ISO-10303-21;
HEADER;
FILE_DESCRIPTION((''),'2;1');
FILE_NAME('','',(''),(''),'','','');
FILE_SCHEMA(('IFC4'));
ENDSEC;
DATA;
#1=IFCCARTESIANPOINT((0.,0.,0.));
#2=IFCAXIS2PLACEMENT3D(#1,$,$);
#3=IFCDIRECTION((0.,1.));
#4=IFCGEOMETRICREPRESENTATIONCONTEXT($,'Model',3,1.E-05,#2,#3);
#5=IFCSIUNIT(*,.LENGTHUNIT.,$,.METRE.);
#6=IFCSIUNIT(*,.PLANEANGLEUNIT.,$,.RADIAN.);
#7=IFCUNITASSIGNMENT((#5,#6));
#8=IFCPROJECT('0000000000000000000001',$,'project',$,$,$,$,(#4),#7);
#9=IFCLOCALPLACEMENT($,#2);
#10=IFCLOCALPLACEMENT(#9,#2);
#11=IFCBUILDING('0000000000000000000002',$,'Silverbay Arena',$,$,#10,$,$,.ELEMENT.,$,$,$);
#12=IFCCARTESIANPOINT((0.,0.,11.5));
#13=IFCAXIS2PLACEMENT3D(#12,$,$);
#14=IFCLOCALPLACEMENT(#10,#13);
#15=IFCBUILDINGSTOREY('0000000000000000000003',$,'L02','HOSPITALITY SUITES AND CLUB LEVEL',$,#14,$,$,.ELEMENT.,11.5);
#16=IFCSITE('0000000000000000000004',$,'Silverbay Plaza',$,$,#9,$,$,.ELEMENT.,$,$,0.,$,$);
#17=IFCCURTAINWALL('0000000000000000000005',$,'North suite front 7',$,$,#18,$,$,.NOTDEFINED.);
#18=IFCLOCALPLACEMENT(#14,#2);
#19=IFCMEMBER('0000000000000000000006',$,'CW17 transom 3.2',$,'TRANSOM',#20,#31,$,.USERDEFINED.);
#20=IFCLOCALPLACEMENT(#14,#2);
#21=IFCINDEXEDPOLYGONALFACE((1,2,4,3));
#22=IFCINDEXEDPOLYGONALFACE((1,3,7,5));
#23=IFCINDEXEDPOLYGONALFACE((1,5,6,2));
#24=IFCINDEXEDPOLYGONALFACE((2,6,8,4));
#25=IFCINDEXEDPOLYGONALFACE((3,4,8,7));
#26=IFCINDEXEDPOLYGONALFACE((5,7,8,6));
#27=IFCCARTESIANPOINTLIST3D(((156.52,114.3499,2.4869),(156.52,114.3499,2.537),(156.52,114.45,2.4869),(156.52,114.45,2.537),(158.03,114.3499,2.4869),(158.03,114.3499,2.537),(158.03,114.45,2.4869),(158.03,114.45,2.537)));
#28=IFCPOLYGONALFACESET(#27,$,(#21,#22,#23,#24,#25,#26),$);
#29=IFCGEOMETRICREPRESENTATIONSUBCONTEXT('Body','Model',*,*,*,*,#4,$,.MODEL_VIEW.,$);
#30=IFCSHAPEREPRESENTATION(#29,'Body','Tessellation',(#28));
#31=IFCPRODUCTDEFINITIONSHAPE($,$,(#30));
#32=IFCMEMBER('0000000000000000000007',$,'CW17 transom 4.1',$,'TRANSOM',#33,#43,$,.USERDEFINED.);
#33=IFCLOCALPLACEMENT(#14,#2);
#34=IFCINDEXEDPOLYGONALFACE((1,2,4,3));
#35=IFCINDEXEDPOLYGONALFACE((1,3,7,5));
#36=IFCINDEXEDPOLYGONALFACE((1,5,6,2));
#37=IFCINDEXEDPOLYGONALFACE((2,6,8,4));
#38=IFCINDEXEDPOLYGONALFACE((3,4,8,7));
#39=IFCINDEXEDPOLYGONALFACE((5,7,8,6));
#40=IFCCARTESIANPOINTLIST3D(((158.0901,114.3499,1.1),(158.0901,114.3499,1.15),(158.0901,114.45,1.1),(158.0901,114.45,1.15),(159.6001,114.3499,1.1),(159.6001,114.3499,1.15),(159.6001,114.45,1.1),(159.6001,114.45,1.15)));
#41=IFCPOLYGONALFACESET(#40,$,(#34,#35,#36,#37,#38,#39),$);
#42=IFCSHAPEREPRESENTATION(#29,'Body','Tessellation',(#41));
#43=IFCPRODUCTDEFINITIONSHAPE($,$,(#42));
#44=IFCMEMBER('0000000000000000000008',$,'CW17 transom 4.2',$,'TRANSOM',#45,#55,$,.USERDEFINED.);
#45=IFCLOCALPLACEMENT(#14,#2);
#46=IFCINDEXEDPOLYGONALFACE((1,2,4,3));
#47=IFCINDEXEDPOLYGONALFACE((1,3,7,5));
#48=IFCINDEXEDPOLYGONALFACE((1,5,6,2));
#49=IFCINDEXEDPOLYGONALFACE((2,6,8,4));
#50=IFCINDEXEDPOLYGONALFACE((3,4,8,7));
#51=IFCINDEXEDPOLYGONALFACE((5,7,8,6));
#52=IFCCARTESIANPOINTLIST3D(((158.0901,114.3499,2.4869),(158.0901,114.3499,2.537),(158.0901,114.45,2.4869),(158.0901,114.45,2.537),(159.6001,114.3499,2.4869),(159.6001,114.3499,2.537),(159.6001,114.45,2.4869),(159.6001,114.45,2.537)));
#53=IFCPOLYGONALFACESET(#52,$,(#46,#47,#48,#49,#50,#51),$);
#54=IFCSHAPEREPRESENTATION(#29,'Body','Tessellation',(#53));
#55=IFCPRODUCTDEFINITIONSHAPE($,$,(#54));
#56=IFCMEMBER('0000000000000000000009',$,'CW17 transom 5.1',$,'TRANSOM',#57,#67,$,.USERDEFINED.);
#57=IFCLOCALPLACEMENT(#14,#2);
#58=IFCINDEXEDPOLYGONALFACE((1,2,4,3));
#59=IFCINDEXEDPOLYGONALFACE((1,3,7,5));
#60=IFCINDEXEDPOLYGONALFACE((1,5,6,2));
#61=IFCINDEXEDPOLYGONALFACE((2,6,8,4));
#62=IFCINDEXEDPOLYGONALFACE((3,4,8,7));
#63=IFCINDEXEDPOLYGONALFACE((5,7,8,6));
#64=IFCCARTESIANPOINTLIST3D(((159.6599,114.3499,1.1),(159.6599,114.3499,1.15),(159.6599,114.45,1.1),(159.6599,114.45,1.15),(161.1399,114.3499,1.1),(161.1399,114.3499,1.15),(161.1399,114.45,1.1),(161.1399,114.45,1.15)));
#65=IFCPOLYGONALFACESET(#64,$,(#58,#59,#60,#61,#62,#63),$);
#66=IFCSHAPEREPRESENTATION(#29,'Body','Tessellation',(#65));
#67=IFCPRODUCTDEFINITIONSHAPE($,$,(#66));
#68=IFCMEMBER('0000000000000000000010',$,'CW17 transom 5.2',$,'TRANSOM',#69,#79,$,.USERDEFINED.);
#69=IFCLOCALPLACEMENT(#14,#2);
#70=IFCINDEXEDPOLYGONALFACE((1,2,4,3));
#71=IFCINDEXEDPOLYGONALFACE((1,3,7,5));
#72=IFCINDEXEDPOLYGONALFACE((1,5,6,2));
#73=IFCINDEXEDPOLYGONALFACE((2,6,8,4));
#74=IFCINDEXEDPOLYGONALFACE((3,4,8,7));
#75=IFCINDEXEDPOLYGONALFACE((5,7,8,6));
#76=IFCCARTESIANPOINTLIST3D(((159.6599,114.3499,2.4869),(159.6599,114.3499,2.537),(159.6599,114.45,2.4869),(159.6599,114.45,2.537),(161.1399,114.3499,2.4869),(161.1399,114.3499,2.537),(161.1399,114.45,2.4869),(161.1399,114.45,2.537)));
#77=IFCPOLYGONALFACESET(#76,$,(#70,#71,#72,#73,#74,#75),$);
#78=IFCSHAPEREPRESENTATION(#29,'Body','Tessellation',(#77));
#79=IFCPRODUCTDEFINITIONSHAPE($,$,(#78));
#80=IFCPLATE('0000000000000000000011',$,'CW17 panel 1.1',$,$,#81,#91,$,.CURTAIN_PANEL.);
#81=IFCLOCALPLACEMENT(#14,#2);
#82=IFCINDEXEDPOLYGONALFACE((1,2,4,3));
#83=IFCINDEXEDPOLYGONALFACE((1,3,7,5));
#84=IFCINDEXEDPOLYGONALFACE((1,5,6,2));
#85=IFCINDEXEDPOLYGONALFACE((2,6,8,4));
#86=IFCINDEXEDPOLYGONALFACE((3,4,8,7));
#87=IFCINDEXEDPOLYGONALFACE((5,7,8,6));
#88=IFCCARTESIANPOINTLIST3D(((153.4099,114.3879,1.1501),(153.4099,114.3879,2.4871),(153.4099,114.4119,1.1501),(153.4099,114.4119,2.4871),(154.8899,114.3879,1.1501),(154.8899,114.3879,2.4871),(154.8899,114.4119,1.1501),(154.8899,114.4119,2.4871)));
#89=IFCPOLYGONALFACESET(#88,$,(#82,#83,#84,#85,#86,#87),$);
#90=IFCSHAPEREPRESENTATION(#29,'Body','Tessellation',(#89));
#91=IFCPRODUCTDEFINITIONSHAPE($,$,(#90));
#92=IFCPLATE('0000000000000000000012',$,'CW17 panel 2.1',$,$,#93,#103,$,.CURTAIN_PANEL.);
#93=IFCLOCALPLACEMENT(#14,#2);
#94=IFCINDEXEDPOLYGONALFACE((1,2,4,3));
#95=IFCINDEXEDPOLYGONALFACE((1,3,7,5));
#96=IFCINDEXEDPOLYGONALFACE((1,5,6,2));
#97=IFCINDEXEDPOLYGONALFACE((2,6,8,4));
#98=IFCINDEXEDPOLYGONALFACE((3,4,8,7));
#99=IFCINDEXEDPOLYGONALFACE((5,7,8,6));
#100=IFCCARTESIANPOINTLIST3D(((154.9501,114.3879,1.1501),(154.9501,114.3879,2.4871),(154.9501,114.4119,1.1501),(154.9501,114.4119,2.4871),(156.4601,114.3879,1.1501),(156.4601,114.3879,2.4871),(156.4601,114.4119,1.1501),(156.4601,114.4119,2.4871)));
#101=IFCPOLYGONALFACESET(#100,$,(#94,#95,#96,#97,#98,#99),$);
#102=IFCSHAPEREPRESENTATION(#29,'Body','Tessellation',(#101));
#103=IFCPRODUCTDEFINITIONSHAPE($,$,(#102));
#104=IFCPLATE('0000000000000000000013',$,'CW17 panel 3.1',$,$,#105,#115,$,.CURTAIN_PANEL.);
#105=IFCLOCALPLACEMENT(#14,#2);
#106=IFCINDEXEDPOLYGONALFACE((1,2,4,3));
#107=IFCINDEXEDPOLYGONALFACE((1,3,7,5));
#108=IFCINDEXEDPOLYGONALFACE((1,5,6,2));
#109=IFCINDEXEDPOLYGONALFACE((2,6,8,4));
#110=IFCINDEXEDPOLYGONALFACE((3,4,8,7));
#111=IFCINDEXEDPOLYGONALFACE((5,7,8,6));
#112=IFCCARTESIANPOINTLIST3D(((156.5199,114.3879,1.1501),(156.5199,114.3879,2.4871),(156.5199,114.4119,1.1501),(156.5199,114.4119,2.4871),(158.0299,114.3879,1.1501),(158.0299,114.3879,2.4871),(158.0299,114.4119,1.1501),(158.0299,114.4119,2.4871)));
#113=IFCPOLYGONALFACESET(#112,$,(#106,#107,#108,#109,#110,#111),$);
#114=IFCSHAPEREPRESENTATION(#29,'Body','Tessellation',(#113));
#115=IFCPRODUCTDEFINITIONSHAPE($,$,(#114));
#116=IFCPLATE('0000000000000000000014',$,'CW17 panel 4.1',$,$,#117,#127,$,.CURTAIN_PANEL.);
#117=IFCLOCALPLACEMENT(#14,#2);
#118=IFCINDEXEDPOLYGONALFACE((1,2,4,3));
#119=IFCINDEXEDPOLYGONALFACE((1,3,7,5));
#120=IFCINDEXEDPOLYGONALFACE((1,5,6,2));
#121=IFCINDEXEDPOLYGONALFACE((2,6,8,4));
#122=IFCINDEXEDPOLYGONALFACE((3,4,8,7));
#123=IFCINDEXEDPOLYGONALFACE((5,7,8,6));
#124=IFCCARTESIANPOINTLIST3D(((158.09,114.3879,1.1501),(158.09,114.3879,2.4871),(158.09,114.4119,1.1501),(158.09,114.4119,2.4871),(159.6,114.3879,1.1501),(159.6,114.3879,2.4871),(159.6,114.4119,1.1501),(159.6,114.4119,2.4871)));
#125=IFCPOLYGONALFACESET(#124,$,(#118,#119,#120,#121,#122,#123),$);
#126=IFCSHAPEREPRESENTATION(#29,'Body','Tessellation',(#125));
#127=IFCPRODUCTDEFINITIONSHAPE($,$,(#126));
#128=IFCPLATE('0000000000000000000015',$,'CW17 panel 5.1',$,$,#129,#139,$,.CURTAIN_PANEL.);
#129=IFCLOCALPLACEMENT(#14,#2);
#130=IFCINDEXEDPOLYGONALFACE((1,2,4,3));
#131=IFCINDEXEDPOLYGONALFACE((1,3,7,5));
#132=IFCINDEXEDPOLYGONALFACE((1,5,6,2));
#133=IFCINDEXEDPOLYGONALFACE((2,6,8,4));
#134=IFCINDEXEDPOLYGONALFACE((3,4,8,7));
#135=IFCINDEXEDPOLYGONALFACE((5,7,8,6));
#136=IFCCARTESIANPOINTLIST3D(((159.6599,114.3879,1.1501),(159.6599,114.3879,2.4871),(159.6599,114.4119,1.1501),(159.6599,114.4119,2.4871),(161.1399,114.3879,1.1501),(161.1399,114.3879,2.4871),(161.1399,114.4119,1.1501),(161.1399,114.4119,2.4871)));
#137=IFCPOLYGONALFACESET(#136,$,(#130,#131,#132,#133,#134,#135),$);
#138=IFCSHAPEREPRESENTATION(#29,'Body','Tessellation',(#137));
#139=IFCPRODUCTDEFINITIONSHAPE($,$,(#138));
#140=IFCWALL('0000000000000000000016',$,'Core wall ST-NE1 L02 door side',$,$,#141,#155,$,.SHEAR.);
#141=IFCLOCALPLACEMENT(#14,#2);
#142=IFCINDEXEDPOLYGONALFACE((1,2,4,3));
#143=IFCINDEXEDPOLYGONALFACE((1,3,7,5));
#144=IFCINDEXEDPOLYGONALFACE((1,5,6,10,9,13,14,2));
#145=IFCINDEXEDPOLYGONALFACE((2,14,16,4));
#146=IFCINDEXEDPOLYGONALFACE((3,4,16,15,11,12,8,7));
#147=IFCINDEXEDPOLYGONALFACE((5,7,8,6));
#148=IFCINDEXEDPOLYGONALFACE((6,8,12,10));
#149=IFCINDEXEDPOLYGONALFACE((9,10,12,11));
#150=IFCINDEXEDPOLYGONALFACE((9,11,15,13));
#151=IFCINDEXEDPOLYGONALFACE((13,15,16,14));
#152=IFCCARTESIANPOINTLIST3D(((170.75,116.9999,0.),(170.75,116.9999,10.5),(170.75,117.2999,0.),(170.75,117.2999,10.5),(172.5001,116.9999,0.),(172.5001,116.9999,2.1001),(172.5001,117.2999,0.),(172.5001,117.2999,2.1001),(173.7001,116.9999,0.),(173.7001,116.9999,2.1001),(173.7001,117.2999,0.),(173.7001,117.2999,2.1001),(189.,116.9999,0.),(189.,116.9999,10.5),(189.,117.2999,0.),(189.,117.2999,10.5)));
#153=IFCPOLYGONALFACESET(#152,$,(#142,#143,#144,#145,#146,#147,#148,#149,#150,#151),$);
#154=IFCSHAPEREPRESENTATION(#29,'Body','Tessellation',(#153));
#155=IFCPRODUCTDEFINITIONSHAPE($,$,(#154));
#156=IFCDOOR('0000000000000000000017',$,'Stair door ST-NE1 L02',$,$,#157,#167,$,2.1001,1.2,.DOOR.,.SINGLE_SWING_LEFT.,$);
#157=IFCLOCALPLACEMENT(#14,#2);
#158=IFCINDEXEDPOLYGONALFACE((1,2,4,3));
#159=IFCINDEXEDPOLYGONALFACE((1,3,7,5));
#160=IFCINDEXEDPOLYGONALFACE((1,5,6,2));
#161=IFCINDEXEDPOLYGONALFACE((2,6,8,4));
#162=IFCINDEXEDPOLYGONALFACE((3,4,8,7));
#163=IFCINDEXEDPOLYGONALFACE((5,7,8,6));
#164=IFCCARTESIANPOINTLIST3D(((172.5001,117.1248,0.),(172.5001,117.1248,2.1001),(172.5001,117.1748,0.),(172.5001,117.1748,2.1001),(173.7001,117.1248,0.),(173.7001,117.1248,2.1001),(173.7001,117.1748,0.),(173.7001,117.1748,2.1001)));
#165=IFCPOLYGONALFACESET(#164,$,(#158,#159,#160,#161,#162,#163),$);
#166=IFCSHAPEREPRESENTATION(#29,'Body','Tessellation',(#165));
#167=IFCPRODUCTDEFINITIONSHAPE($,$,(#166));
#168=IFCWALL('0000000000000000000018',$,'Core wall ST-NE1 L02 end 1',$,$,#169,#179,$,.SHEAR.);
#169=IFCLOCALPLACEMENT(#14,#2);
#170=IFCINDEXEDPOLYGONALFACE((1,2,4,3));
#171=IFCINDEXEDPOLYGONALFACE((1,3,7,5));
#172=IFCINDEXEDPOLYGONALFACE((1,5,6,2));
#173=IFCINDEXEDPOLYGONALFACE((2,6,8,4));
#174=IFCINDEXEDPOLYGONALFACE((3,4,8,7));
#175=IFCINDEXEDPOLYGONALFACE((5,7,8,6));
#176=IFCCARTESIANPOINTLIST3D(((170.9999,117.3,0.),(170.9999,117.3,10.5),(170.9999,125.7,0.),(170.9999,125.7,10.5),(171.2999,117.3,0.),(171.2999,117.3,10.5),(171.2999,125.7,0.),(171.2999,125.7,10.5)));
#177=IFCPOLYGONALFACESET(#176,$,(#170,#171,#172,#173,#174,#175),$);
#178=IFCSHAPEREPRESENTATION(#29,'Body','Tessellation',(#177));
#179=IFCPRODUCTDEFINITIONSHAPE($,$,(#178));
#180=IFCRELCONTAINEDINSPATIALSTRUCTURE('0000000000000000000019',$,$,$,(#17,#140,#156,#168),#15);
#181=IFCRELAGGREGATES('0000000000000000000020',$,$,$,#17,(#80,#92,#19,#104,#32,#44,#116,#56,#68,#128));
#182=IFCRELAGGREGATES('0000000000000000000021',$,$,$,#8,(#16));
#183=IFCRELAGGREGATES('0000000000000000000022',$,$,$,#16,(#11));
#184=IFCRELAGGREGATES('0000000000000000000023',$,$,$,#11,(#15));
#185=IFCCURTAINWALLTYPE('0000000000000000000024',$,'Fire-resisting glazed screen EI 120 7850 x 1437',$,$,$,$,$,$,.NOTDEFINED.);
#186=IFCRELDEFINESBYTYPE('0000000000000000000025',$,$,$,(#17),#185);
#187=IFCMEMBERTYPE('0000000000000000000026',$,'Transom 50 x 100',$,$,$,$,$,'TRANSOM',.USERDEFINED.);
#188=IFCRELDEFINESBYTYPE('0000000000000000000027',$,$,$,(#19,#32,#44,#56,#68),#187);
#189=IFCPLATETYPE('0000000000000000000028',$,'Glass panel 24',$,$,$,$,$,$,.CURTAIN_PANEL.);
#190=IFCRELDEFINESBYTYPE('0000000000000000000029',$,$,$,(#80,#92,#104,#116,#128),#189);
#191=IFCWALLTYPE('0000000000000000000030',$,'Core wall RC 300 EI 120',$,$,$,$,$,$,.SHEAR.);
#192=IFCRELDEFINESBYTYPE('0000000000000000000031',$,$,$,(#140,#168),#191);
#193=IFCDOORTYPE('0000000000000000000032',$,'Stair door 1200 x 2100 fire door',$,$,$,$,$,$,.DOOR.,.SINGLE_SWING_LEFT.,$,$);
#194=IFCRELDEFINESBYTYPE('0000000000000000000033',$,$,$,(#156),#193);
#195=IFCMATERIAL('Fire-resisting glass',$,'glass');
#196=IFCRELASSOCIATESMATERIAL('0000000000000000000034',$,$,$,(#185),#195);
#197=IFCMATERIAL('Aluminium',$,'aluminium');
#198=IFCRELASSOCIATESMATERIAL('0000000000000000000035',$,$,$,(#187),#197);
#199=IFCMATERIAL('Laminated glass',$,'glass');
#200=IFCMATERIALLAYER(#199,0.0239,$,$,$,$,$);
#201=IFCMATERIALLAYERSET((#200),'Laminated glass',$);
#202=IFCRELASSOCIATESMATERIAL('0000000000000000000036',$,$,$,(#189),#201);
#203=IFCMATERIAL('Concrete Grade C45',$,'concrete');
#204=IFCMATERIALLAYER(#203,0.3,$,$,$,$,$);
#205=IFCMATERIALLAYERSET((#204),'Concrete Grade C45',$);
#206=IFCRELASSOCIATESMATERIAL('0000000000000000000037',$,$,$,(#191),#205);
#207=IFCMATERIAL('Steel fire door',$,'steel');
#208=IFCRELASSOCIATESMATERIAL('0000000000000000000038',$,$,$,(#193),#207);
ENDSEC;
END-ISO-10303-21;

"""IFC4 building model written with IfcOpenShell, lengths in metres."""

from ifc_helpers import new_model, si_unit, direction, frame, frame_2d, origin, origin_2d, place, context, subcontext, project, spatial, rectangle, extrude, material, layer, layer_set, material_profile, profile_set, type_object, element, fill, aggregate, save


model = new_model("IFC4")

# Units and contexts
model_context = context("Model", 3, precision=1e-05, world=origin(), true_north=direction((0.0, 1.0)))
body_context = subcontext(model_context, "Body", "Model", "MODEL_VIEW")
ifc_project = project(units=[si_unit("LENGTHUNIT", "METRE"), si_unit("PLANEANGLEUNIT", "RADIAN")], contexts=[model_context])

# Site, building, storey
site_placement = place(None, origin())
site = spatial("IfcSite", under=ifc_project, at=site_placement, Name="Silverbay Plaza", CompositionType="ELEMENT", RefElevation=0.0)
building_placement = place(site_placement, origin())
building = spatial("IfcBuilding", under=site, at=building_placement, Name="Silverbay Arena", CompositionType="ELEMENT")
storey_placement = place(building_placement, frame((0.0, 0.0, 11.5)))
storey = spatial("IfcBuildingStorey", under=building, at=storey_placement, Name="L02", Description="HOSPITALITY SUITES AND CLUB LEVEL", CompositionType="ELEMENT", Elevation=11.5)

# Curtain wall
ifc_material_1 = material(Name="Fire-resisting glass", Category="glass")
curtain_wall_type = type_object("IfcCurtainWallType", Name="Fire-resisting glazed screen EI 120 7850 x 1437", PredefinedType="NOTDEFINED", material=ifc_material_1)
curtain_wall_placement = place(storey_placement, origin())
curtain_wall = element("IfcCurtainWall", 1, at=curtain_wall_placement, inside=storey, type_object=curtain_wall_type, Name="North suite front 7", PredefinedType="NOTDEFINED")

# Members
ifc_material_2 = material(Name="Aluminium", Category="aluminium")
ifc_material_profile_1 = material_profile(ifc_material_2, rectangle(XDim=0.1001, YDim=0.05, at=origin_2d()), Name="Transom 50 x 100")
ifc_profile_set_1 = profile_set([ifc_material_profile_1], Name="Aluminium")
member_type_1 = type_object("IfcMemberType", Name="Transom 50 x 100", ElementType="TRANSOM", PredefinedType="USERDEFINED", material=ifc_profile_set_1)
member_1_placement = place(storey_placement, frame((156.52, 114.3999, 2.512), z_axis=(1.0, 0.0, 0.0), x_axis=(0.0, 1.0, 0.0)))
member_1 = element("IfcMember", 2, at=member_1_placement, type_object=member_type_1, Name="CW17 transom 3.2", ObjectType="TRANSOM", PredefinedType="USERDEFINED", context=body_context, shape_type="SweptSolid", body=[
    extrude(rectangle(XDim=0.1001, YDim=0.05, at=origin_2d()), origin(), (0.0, 0.0, 1.0), 1.51),
])
member_2_placement = place(storey_placement, frame((158.0901, 114.3999, 1.125), z_axis=(1.0, 0.0, 0.0), x_axis=(0.0, 1.0, 0.0)))
member_2 = element("IfcMember", 3, at=member_2_placement, type_object=member_type_1, Name="CW17 transom 4.1", ObjectType="TRANSOM", PredefinedType="USERDEFINED", context=body_context, shape_type="SweptSolid", body=[
    extrude(rectangle(XDim=0.1001, YDim=0.05, at=origin_2d()), origin(), (0.0, 0.0, 1.0), 1.51),
])
member_3_placement = place(storey_placement, frame((158.0901, 114.3999, 2.512), z_axis=(1.0, 0.0, 0.0), x_axis=(0.0, 1.0, 0.0)))
member_3 = element("IfcMember", 4, at=member_3_placement, type_object=member_type_1, Name="CW17 transom 4.2", ObjectType="TRANSOM", PredefinedType="USERDEFINED", context=body_context, shape_type="SweptSolid", body=[
    extrude(rectangle(XDim=0.1001, YDim=0.05, at=origin_2d()), origin(), (0.0, 0.0, 1.0), 1.51),
])
member_4_placement = place(storey_placement, frame((159.6599, 114.3999, 1.125), z_axis=(1.0, 0.0, 0.0), x_axis=(0.0, 1.0, 0.0)))
member_4 = element("IfcMember", 5, at=member_4_placement, type_object=member_type_1, Name="CW17 transom 5.1", ObjectType="TRANSOM", PredefinedType="USERDEFINED", context=body_context, shape_type="SweptSolid", body=[
    extrude(rectangle(XDim=0.1001, YDim=0.05, at=origin_2d()), origin(), (0.0, 0.0, 1.0), 1.48),
])
member_5_placement = place(storey_placement, frame((159.6599, 114.3999, 2.512), z_axis=(1.0, 0.0, 0.0), x_axis=(0.0, 1.0, 0.0)))
member_5 = element("IfcMember", 6, at=member_5_placement, type_object=member_type_1, Name="CW17 transom 5.2", ObjectType="TRANSOM", PredefinedType="USERDEFINED", context=body_context, shape_type="SweptSolid", body=[
    extrude(rectangle(XDim=0.1001, YDim=0.05, at=origin_2d()), origin(), (0.0, 0.0, 1.0), 1.48),
])

# Plates
ifc_material_3 = material(Name="Laminated glass", Category="glass")
ifc_layer_1 = layer(ifc_material_3, 0.0239)
ifc_layer_set_1 = layer_set([ifc_layer_1], Name="Laminated glass")
plate_type = type_object("IfcPlateType", Name="Glass panel 24", PredefinedType="CURTAIN_PANEL", material=ifc_layer_set_1)
plate_1_placement = place(storey_placement, frame((154.1499, 114.3999, 1.1501), z_axis=(0.0, 0.0, 1.0), x_axis=(1.0, 0.0, 0.0)))
plate_1 = element("IfcPlate", 7, at=plate_1_placement, type_object=plate_type, Name="CW17 panel 1.1", PredefinedType="CURTAIN_PANEL", context=body_context, shape_type="SweptSolid", body=[
    extrude(rectangle(XDim=1.48, YDim=0.0239, at=origin_2d()), origin(), (0.0, 0.0, 1.0), 1.3369),
])
plate_2_placement = place(storey_placement, frame((155.7051, 114.3999, 1.1501), z_axis=(0.0, 0.0, 1.0), x_axis=(1.0, 0.0, 0.0)))
plate_2 = element("IfcPlate", 8, at=plate_2_placement, type_object=plate_type, Name="CW17 panel 2.1", PredefinedType="CURTAIN_PANEL", context=body_context, shape_type="SweptSolid", body=[
    extrude(rectangle(XDim=1.51, YDim=0.0239, at=origin_2d()), origin(), (0.0, 0.0, 1.0), 1.3369),
])
plate_3_placement = place(storey_placement, frame((157.2749, 114.3999, 1.1501), z_axis=(0.0, 0.0, 1.0), x_axis=(1.0, 0.0, 0.0)))
plate_3 = element("IfcPlate", 9, at=plate_3_placement, type_object=plate_type, Name="CW17 panel 3.1", PredefinedType="CURTAIN_PANEL", context=body_context, shape_type="SweptSolid", body=[
    extrude(rectangle(XDim=1.51, YDim=0.0239, at=origin_2d()), origin(), (0.0, 0.0, 1.0), 1.3369),
])
plate_4_placement = place(storey_placement, frame((158.845, 114.3999, 1.1501), z_axis=(0.0, 0.0, 1.0), x_axis=(1.0, 0.0, 0.0)))
plate_4 = element("IfcPlate", 10, at=plate_4_placement, type_object=plate_type, Name="CW17 panel 4.1", PredefinedType="CURTAIN_PANEL", context=body_context, shape_type="SweptSolid", body=[
    extrude(rectangle(XDim=1.51, YDim=0.0239, at=origin_2d()), origin(), (0.0, 0.0, 1.0), 1.3369),
])
plate_5_placement = place(storey_placement, frame((160.3999, 114.3999, 1.1501), z_axis=(0.0, 0.0, 1.0), x_axis=(1.0, 0.0, 0.0)))
plate_5 = element("IfcPlate", 11, at=plate_5_placement, type_object=plate_type, Name="CW17 panel 5.1", PredefinedType="CURTAIN_PANEL", context=body_context, shape_type="SweptSolid", body=[
    extrude(rectangle(XDim=1.48, YDim=0.0239, at=origin_2d()), origin(), (0.0, 0.0, 1.0), 1.3369),
])
aggregate(curtain_wall, [plate_1, plate_2, member_1, plate_3, member_2, member_3, plate_4, member_4, member_5, plate_5])

# Wall, opening, door
ifc_material_4 = material(Name="Concrete Grade C45", Category="concrete")
ifc_layer_2 = layer(ifc_material_4, 0.3)
ifc_layer_set_2 = layer_set([ifc_layer_2], Name="Concrete Grade C45")
wall_type_1 = type_object("IfcWallType", Name="Core wall RC 300 EI 120", PredefinedType="SHEAR", material=ifc_layer_set_2)
wall_1_placement = place(storey_placement, frame((170.75, 117.1499, 0.0), z_axis=(0.0, 0.0, 1.0), x_axis=(1.0, 0.0, 0.0)))
wall_1 = element("IfcWall", 12, at=wall_1_placement, inside=storey, type_object=wall_type_1, Name="Core wall ST-NE1 L02 door side", PredefinedType="SHEAR", context=body_context, shape_type="SweptSolid", body=[
    extrude(rectangle(XDim=18.25, YDim=0.3, at=frame_2d((9.125, 0.0))), origin(), (0.0, 0.0, 1.0), 10.5),
])
opening_1_placement = place(wall_1_placement, frame((1.75, 0.0, 0.0)))
opening_1 = element("IfcOpeningElement", 13, at=opening_1_placement, cuts=wall_1, PredefinedType="OPENING", context=body_context, shape_type="SweptSolid", body=[
    extrude(rectangle(XDim=1.2, YDim=2.1001, at=frame_2d((0.6001, 1.05))), frame((0.0, 0.1602, 0.0), z_axis=(0.0, -1.0, 0.0), x_axis=(1.0, 0.0, 0.0)), (0.0, 0.0, 1.0), 0.3201),
])
ifc_material_5 = material(Name="Steel fire door", Category="steel")
door_type_1 = type_object("IfcDoorType", Name="Stair door 1200 x 2100 fire door", OperationType="SINGLE_SWING_LEFT", PredefinedType="DOOR", material=ifc_material_5)
door_1_placement = place(opening_1_placement, origin())
door_1 = element("IfcDoor", 14, at=door_1_placement, inside=storey, type_object=door_type_1, Name="Stair door ST-NE1 L02", OperationType="SINGLE_SWING_LEFT", OverallHeight=2.1001, OverallWidth=1.2, PredefinedType="DOOR", context=body_context, shape_type="SweptSolid", body=[
    extrude(rectangle(XDim=1.2, YDim=2.1001, at=frame_2d((0.6001, 1.05))), frame((0.0, 0.0249, 0.0), z_axis=(0.0, -1.0, 0.0), x_axis=(1.0, 0.0, 0.0)), (0.0, 0.0, 1.0), 0.05),
])
fill(opening_1, door_1)

# Wall
wall_2_placement = place(storey_placement, frame((171.1499, 117.3, 0.0), z_axis=(0.0, 0.0, 1.0), x_axis=(0.0, 1.0, 0.0)))
element("IfcWall", 15, at=wall_2_placement, inside=storey, type_object=wall_type_1, Name="Core wall ST-NE1 L02 end 1", PredefinedType="SHEAR", context=body_context, shape_type="SweptSolid", body=[
    extrude(rectangle(XDim=8.3999, YDim=0.3, at=frame_2d((4.2, 0.0))), origin(), (0.0, 0.0, 1.0), 10.5),
])

save(model, "model.ifc")
